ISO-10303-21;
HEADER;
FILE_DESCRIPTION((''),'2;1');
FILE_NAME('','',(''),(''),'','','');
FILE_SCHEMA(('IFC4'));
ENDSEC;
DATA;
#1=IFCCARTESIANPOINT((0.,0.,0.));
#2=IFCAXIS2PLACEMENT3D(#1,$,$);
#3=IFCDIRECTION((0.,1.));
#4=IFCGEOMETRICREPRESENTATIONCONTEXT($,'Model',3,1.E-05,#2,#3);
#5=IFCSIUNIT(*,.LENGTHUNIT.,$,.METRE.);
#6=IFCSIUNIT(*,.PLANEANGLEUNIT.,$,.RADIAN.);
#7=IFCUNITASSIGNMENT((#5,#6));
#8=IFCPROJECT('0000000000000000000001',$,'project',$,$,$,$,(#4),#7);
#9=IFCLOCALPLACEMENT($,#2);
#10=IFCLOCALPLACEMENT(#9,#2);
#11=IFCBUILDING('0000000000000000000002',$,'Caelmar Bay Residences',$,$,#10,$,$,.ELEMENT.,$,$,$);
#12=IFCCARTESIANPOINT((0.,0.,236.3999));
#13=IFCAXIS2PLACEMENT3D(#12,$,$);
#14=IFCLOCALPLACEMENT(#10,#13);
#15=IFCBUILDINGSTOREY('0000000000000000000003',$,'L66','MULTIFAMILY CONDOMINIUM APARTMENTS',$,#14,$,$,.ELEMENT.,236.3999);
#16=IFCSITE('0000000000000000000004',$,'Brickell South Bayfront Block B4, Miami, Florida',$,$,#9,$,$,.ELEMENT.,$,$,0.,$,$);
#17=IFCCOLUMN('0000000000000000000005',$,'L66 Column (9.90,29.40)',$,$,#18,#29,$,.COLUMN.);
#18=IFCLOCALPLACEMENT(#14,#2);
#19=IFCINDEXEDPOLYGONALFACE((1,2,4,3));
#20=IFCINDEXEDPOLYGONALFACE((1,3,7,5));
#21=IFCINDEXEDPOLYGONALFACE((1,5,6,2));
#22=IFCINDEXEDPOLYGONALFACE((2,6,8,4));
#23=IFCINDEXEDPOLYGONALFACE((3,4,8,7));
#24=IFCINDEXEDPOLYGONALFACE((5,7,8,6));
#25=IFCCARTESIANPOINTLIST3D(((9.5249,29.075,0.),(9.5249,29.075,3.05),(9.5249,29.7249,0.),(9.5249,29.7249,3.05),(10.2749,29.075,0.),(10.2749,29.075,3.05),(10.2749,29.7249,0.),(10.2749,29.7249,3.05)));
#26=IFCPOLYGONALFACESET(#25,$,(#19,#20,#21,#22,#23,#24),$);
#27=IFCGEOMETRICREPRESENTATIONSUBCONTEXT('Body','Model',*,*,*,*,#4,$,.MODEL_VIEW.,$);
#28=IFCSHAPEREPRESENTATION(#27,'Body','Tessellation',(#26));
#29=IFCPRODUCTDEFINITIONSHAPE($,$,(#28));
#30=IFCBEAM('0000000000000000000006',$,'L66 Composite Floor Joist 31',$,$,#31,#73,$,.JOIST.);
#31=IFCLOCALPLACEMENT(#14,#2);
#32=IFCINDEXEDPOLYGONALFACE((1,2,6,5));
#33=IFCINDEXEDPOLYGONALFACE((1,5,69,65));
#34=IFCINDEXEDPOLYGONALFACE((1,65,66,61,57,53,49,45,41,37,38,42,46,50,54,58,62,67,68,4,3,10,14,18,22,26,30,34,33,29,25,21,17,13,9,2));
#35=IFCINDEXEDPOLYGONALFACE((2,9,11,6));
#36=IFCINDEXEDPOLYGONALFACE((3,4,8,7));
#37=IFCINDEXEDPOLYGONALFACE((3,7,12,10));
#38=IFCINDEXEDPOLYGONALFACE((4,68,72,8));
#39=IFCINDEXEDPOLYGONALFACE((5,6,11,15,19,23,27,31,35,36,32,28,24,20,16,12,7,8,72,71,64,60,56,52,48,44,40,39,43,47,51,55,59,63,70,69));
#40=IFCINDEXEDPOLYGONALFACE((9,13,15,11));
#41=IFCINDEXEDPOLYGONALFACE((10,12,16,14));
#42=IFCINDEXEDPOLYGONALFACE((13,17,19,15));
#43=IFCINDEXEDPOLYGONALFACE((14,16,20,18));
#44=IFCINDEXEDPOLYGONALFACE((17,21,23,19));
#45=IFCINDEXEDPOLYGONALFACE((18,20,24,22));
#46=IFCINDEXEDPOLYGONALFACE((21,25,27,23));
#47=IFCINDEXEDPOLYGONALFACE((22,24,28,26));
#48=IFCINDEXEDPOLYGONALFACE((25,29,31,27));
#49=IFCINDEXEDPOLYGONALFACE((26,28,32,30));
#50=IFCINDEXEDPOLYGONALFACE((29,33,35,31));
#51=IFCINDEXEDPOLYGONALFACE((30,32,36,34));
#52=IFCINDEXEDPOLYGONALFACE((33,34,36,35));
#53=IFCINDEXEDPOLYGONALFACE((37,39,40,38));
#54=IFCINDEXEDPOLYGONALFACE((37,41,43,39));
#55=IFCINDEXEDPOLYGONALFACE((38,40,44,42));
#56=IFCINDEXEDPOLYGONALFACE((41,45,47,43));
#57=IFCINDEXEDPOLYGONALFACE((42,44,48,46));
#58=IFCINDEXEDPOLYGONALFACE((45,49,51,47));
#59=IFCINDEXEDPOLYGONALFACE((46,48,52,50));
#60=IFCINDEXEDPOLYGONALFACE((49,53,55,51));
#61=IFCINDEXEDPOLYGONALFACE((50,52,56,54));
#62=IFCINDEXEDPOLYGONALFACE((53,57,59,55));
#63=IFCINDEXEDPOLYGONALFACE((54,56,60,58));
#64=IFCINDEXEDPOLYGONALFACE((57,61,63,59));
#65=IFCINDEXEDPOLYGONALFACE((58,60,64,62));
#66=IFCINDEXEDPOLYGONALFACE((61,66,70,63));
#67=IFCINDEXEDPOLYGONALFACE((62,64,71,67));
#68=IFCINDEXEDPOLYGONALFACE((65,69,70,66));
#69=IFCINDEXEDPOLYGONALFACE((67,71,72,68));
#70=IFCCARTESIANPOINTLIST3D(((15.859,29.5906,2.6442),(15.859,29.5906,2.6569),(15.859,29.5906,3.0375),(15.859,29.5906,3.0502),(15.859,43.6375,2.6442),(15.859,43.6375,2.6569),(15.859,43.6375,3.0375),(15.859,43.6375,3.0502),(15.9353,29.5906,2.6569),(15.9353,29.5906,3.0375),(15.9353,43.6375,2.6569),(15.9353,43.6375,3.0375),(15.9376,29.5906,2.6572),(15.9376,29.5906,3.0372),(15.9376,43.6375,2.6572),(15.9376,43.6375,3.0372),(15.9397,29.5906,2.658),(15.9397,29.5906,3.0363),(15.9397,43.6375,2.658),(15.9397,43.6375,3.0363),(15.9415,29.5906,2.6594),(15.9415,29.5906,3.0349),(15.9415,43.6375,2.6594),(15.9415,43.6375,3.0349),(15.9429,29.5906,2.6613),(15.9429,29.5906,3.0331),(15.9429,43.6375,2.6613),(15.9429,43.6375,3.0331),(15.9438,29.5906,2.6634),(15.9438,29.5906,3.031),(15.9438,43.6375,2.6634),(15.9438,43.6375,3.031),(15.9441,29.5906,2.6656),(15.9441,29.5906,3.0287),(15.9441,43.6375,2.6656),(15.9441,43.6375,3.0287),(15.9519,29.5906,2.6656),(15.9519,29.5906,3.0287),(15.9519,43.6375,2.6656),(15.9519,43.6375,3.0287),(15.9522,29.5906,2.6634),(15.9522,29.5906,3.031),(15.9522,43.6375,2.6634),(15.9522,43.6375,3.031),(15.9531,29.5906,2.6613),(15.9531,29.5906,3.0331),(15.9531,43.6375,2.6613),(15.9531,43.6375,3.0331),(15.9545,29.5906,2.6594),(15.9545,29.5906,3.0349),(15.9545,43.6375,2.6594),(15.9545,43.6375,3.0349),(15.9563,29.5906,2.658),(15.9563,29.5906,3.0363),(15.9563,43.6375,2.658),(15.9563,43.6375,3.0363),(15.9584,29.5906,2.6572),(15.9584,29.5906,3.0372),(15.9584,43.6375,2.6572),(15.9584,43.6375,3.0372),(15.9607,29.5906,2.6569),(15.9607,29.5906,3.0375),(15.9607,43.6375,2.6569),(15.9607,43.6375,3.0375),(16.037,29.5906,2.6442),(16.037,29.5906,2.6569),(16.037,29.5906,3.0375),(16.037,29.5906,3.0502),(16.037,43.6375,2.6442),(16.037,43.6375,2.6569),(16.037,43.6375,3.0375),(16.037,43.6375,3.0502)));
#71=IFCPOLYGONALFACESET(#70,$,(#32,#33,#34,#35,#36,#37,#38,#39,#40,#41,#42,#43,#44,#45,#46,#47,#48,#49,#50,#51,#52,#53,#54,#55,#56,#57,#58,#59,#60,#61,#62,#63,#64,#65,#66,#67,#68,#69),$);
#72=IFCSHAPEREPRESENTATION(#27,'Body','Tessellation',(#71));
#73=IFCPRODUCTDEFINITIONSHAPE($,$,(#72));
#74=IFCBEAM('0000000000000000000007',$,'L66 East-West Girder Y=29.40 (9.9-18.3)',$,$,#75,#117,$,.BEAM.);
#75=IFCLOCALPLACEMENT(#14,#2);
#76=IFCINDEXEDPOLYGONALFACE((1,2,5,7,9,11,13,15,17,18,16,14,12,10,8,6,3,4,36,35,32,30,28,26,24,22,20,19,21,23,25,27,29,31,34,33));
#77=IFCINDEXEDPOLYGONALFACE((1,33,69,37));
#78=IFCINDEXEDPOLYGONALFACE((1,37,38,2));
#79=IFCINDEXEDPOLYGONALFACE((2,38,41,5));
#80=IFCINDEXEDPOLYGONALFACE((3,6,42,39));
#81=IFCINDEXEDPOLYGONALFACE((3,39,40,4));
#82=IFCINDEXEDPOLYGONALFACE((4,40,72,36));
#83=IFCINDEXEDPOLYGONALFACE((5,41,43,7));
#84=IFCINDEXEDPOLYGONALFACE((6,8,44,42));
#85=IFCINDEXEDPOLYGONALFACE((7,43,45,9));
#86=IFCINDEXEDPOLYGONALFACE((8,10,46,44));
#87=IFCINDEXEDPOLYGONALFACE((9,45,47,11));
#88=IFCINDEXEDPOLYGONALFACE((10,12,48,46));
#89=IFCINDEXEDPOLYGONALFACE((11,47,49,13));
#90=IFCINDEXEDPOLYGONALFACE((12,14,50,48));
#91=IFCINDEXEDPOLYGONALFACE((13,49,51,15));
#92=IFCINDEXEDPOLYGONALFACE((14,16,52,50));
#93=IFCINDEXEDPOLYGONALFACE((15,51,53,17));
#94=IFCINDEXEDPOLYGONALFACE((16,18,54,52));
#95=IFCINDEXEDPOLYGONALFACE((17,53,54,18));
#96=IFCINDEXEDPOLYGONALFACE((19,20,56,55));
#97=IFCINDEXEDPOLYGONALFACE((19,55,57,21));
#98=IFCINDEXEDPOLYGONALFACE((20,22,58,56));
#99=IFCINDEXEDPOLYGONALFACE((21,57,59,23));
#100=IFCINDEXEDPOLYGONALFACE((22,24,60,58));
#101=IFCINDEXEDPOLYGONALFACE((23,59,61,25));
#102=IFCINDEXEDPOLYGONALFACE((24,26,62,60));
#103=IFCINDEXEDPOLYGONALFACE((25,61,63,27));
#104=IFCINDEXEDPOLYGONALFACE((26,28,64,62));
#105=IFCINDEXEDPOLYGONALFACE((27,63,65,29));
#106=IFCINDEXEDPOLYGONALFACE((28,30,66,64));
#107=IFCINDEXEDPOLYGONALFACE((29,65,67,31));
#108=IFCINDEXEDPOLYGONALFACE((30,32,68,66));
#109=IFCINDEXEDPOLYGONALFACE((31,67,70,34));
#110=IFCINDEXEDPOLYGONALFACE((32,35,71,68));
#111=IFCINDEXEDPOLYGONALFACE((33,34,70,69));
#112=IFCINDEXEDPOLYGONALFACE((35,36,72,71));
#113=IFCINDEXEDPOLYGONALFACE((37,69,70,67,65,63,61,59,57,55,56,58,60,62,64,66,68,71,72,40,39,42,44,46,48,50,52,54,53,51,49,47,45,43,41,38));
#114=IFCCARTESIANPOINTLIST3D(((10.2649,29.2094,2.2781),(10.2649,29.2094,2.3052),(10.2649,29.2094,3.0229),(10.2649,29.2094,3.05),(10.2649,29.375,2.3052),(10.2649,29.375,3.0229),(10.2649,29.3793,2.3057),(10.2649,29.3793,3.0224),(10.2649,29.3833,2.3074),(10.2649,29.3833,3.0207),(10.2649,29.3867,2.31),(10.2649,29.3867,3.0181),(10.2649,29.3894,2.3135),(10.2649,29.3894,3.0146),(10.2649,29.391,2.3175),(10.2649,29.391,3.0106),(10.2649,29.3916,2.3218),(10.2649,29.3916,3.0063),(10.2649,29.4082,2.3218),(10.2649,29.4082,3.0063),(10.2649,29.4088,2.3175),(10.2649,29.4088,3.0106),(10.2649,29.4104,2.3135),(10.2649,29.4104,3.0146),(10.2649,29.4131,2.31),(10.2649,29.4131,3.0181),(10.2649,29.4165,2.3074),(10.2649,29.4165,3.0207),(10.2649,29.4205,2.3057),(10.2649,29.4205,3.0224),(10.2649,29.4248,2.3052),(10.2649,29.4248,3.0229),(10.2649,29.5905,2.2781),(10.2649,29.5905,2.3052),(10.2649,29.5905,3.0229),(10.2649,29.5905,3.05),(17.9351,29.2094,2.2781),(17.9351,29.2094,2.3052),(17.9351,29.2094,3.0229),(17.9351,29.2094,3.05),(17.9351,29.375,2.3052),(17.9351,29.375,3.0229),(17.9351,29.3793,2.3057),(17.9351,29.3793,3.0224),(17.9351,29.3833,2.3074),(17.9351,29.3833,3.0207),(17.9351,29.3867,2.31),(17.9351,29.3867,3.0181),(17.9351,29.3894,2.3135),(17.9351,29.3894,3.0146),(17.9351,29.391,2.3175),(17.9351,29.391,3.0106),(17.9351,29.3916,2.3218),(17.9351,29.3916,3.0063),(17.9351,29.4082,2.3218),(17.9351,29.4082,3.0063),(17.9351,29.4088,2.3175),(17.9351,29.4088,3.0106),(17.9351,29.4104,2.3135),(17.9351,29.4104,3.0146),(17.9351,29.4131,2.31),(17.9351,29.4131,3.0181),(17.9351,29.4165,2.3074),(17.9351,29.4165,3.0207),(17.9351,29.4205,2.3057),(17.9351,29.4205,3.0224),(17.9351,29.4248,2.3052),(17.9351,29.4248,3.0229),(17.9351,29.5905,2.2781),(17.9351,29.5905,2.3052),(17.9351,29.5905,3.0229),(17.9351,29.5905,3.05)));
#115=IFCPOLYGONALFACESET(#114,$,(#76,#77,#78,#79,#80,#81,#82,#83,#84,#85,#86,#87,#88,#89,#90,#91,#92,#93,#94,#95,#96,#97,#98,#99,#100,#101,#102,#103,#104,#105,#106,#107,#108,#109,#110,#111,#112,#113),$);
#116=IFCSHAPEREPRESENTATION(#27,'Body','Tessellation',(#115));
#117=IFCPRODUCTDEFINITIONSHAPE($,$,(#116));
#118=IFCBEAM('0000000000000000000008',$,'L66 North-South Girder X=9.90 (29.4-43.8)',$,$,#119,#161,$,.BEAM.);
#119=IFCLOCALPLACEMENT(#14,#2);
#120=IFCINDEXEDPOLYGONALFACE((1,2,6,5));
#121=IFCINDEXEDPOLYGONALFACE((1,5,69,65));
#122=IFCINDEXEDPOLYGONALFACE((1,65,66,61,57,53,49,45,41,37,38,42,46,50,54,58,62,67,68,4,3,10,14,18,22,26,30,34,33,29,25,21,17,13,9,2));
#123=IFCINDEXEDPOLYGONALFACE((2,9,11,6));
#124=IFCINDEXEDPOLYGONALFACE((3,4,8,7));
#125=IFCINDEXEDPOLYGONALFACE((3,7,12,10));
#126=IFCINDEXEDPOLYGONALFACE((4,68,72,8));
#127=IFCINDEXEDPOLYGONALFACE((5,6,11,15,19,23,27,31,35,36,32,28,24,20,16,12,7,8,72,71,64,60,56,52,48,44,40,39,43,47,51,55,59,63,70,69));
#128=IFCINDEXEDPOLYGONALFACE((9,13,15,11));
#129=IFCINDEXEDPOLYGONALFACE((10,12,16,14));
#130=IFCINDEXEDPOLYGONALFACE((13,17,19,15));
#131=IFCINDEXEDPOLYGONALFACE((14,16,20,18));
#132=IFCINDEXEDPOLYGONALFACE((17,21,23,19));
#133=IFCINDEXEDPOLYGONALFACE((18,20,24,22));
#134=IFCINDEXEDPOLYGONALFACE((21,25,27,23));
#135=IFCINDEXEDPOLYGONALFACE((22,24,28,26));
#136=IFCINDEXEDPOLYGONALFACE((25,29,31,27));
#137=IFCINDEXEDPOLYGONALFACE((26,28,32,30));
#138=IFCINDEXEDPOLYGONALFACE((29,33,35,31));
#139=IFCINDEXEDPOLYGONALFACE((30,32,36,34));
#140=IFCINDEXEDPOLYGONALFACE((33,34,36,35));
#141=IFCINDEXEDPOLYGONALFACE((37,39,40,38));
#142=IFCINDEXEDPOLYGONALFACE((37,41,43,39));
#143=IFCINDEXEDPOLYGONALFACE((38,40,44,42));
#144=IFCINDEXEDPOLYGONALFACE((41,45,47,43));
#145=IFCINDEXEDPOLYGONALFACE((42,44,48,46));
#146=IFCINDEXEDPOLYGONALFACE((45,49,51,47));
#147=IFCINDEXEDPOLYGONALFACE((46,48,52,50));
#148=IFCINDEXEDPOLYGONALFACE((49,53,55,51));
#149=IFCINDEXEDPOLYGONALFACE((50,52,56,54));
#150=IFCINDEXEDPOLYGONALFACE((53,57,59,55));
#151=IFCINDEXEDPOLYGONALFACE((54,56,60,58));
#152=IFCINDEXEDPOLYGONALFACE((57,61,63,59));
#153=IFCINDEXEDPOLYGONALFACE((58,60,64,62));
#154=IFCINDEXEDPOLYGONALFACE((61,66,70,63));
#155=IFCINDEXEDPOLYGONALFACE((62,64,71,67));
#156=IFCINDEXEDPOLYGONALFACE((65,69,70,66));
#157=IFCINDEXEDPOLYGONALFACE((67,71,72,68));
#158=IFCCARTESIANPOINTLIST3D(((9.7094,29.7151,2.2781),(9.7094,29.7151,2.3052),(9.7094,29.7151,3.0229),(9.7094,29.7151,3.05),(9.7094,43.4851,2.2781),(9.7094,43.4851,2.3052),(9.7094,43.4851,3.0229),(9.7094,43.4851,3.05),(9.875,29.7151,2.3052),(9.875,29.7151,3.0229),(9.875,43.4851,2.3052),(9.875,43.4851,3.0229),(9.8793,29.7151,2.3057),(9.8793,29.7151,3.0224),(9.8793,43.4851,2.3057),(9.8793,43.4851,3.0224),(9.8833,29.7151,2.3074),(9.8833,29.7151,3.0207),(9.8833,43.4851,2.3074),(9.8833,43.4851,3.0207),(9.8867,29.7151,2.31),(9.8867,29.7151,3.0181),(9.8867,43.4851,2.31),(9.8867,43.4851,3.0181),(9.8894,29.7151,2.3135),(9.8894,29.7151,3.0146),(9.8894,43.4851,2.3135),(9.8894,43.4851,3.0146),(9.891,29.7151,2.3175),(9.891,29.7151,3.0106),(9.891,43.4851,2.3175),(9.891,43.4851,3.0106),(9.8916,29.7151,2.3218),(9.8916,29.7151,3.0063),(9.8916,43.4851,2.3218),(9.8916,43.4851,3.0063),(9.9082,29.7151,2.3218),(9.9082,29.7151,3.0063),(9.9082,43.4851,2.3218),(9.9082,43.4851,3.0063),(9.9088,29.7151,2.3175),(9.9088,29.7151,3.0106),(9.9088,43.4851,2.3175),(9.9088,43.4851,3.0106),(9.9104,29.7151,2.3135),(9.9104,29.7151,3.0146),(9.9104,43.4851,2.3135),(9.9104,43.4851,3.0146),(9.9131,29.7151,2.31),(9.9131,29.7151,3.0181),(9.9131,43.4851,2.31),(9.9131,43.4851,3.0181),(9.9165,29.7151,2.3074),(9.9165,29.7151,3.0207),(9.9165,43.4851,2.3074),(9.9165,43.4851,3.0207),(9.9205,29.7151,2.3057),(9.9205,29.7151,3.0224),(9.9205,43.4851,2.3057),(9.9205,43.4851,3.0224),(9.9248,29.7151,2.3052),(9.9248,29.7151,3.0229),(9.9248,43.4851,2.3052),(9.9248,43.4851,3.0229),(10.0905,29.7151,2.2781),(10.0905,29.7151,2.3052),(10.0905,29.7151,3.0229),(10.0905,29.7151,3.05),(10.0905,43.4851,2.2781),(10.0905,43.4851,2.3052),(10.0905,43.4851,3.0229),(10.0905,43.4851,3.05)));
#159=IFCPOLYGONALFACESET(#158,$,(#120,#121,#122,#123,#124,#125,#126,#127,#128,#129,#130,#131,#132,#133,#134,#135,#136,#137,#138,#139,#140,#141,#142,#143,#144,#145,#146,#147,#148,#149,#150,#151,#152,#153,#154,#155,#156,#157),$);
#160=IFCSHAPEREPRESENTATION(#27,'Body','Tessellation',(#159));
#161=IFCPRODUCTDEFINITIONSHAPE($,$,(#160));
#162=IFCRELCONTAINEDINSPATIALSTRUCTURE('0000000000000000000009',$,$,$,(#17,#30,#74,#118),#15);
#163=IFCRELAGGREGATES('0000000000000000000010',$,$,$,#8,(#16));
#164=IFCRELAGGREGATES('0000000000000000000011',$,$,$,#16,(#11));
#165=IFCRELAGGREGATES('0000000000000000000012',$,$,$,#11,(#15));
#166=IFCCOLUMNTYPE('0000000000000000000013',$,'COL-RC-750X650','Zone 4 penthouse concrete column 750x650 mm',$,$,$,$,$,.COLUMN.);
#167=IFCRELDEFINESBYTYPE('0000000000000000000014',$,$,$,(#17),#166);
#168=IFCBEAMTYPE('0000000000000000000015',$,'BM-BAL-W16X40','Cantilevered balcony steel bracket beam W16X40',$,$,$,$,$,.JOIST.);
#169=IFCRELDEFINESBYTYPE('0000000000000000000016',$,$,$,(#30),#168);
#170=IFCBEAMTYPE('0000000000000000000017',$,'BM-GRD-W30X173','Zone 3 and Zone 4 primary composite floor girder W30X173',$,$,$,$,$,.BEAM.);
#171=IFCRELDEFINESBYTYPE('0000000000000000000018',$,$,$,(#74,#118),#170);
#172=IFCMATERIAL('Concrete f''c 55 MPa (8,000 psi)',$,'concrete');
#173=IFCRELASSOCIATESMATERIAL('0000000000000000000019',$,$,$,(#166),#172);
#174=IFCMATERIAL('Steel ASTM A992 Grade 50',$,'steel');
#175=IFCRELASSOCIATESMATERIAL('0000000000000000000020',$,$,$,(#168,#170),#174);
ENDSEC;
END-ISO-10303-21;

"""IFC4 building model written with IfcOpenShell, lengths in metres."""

from ifc_helpers import new_model, si_unit, direction, frame, origin, origin_2d, place, context, subcontext, project, spatial, rectangle, i_section, extrude, material, material_profile, profile_set, type_object, element, save


model = new_model("IFC4")

# Units and contexts
model_context = context("Model", 3, precision=1e-05, world=origin(), true_north=direction((0.0, 1.0)))
body_context = subcontext(model_context, "Body", "Model", "MODEL_VIEW")
ifc_project = project(units=[si_unit("LENGTHUNIT", "METRE"), si_unit("PLANEANGLEUNIT", "RADIAN")], contexts=[model_context])

# Site, building, storey
site_placement = place(None, origin())
site = spatial("IfcSite", under=ifc_project, at=site_placement, Name="Brickell South Bayfront Block B4, Miami, Florida", CompositionType="ELEMENT", RefElevation=0.0)
building_placement = place(site_placement, origin())
building = spatial("IfcBuilding", under=site, at=building_placement, Name="Caelmar Bay Residences", CompositionType="ELEMENT")
storey_placement = place(building_placement, frame((0.0, 0.0, 236.3999)))
storey = spatial("IfcBuildingStorey", under=building, at=storey_placement, Name="L66", Description="MULTIFAMILY CONDOMINIUM APARTMENTS", CompositionType="ELEMENT", Elevation=236.3999)

# Column
ifc_material_1 = material(Name="Concrete f'c 55 MPa (8,000 psi)", Category="concrete")
ifc_material_profile_1 = material_profile(ifc_material_1, rectangle(XDim=0.75, YDim=0.6499, at=origin_2d()), Name="RC-COL-750X650")
ifc_profile_set_1 = profile_set([ifc_material_profile_1], Name="Concrete f'c 55 MPa (8,000 psi)")
column_type = type_object("IfcColumnType", Name="COL-RC-750X650", Description="Zone 4 penthouse concrete column 750x650 mm", PredefinedType="COLUMN", material=ifc_profile_set_1)
column_placement = place(storey_placement, frame((9.8999, 29.3999, 0.0), z_axis=(0.0, 0.0, 1.0), x_axis=(1.0, 0.0, 0.0)))
element("IfcColumn", 1, at=column_placement, inside=storey, type_object=column_type, Name="L66 Column (9.90,29.40)", PredefinedType="COLUMN", context=body_context, shape_type="SweptSolid", body=[
    extrude(rectangle(XDim=0.75, YDim=0.6499, at=origin_2d()), origin(), (0.0, 0.0, 1.0), 3.05),
])

# Beams
ifc_material_2 = material(Name="Steel ASTM A992 Grade 50", Category="steel")
ifc_material_profile_2 = material_profile(ifc_material_2, i_section(OverallWidth=0.178, OverallDepth=0.406, WebThickness=0.0078, FlangeThickness=0.0127, FilletRadius=0.0088, at=origin_2d()), Name="W16X40")
ifc_profile_set_2 = profile_set([ifc_material_profile_2], Name="Steel ASTM A992 Grade 50")
beam_type_1 = type_object("IfcBeamType", Name="BM-BAL-W16X40", Description="Cantilevered balcony steel bracket beam W16X40", PredefinedType="JOIST", material=ifc_profile_set_2)
beam_1_placement = place(storey_placement, frame((15.948, 29.5906, 2.8472), z_axis=(0.0, 1.0, 0.0), x_axis=(-1.0, 0.0, 0.0)))
element("IfcBeam", 2, at=beam_1_placement, inside=storey, type_object=beam_type_1, Name="L66 Composite Floor Joist 31", PredefinedType="JOIST", context=body_context, shape_type="SweptSolid", body=[
    extrude(i_section(OverallWidth=0.178, OverallDepth=0.406, WebThickness=0.0078, FlangeThickness=0.0127, FilletRadius=0.0088, at=origin_2d()), origin(), (0.0, 0.0, 1.0), 14.0469),
])
ifc_material_profile_3 = material_profile(ifc_material_2, i_section(OverallWidth=0.3811, OverallDepth=0.772, WebThickness=0.0166, FlangeThickness=0.0271, FilletRadius=0.0166, at=origin_2d()), Name="W30X173")
ifc_profile_set_3 = profile_set([ifc_material_profile_3], Name="Steel ASTM A992 Grade 50")
beam_type_2 = type_object("IfcBeamType", Name="BM-GRD-W30X173", Description="Zone 3 and Zone 4 primary composite floor girder W30X173", PredefinedType="BEAM", material=ifc_profile_set_3)
beam_2_placement = place(storey_placement, frame((10.2649, 29.3999, 2.6641), z_axis=(1.0, 0.0, 0.0), x_axis=(0.0, 1.0, 0.0)))
element("IfcBeam", 3, at=beam_2_placement, inside=storey, type_object=beam_type_2, Name="L66 East-West Girder Y=29.40 (9.9-18.3)", PredefinedType="BEAM", context=body_context, shape_type="SweptSolid", body=[
    extrude(i_section(OverallWidth=0.3811, OverallDepth=0.772, WebThickness=0.0166, FlangeThickness=0.0271, FilletRadius=0.0166, at=origin_2d()), origin(), (0.0, 0.0, 1.0), 7.6702),
])
beam_3_placement = place(storey_placement, frame((9.8999, 29.7151, 2.6641), z_axis=(0.0, 1.0, 0.0), x_axis=(-1.0, 0.0, 0.0)))
element("IfcBeam", 4, at=beam_3_placement, inside=storey, type_object=beam_type_2, Name="L66 North-South Girder X=9.90 (29.4-43.8)", PredefinedType="BEAM", context=body_context, shape_type="SweptSolid", body=[
    extrude(i_section(OverallWidth=0.3811, OverallDepth=0.772, WebThickness=0.0166, FlangeThickness=0.0271, FilletRadius=0.0166, at=origin_2d()), origin(), (0.0, 0.0, 1.0), 13.77),
])

save(model, "model.ifc")
